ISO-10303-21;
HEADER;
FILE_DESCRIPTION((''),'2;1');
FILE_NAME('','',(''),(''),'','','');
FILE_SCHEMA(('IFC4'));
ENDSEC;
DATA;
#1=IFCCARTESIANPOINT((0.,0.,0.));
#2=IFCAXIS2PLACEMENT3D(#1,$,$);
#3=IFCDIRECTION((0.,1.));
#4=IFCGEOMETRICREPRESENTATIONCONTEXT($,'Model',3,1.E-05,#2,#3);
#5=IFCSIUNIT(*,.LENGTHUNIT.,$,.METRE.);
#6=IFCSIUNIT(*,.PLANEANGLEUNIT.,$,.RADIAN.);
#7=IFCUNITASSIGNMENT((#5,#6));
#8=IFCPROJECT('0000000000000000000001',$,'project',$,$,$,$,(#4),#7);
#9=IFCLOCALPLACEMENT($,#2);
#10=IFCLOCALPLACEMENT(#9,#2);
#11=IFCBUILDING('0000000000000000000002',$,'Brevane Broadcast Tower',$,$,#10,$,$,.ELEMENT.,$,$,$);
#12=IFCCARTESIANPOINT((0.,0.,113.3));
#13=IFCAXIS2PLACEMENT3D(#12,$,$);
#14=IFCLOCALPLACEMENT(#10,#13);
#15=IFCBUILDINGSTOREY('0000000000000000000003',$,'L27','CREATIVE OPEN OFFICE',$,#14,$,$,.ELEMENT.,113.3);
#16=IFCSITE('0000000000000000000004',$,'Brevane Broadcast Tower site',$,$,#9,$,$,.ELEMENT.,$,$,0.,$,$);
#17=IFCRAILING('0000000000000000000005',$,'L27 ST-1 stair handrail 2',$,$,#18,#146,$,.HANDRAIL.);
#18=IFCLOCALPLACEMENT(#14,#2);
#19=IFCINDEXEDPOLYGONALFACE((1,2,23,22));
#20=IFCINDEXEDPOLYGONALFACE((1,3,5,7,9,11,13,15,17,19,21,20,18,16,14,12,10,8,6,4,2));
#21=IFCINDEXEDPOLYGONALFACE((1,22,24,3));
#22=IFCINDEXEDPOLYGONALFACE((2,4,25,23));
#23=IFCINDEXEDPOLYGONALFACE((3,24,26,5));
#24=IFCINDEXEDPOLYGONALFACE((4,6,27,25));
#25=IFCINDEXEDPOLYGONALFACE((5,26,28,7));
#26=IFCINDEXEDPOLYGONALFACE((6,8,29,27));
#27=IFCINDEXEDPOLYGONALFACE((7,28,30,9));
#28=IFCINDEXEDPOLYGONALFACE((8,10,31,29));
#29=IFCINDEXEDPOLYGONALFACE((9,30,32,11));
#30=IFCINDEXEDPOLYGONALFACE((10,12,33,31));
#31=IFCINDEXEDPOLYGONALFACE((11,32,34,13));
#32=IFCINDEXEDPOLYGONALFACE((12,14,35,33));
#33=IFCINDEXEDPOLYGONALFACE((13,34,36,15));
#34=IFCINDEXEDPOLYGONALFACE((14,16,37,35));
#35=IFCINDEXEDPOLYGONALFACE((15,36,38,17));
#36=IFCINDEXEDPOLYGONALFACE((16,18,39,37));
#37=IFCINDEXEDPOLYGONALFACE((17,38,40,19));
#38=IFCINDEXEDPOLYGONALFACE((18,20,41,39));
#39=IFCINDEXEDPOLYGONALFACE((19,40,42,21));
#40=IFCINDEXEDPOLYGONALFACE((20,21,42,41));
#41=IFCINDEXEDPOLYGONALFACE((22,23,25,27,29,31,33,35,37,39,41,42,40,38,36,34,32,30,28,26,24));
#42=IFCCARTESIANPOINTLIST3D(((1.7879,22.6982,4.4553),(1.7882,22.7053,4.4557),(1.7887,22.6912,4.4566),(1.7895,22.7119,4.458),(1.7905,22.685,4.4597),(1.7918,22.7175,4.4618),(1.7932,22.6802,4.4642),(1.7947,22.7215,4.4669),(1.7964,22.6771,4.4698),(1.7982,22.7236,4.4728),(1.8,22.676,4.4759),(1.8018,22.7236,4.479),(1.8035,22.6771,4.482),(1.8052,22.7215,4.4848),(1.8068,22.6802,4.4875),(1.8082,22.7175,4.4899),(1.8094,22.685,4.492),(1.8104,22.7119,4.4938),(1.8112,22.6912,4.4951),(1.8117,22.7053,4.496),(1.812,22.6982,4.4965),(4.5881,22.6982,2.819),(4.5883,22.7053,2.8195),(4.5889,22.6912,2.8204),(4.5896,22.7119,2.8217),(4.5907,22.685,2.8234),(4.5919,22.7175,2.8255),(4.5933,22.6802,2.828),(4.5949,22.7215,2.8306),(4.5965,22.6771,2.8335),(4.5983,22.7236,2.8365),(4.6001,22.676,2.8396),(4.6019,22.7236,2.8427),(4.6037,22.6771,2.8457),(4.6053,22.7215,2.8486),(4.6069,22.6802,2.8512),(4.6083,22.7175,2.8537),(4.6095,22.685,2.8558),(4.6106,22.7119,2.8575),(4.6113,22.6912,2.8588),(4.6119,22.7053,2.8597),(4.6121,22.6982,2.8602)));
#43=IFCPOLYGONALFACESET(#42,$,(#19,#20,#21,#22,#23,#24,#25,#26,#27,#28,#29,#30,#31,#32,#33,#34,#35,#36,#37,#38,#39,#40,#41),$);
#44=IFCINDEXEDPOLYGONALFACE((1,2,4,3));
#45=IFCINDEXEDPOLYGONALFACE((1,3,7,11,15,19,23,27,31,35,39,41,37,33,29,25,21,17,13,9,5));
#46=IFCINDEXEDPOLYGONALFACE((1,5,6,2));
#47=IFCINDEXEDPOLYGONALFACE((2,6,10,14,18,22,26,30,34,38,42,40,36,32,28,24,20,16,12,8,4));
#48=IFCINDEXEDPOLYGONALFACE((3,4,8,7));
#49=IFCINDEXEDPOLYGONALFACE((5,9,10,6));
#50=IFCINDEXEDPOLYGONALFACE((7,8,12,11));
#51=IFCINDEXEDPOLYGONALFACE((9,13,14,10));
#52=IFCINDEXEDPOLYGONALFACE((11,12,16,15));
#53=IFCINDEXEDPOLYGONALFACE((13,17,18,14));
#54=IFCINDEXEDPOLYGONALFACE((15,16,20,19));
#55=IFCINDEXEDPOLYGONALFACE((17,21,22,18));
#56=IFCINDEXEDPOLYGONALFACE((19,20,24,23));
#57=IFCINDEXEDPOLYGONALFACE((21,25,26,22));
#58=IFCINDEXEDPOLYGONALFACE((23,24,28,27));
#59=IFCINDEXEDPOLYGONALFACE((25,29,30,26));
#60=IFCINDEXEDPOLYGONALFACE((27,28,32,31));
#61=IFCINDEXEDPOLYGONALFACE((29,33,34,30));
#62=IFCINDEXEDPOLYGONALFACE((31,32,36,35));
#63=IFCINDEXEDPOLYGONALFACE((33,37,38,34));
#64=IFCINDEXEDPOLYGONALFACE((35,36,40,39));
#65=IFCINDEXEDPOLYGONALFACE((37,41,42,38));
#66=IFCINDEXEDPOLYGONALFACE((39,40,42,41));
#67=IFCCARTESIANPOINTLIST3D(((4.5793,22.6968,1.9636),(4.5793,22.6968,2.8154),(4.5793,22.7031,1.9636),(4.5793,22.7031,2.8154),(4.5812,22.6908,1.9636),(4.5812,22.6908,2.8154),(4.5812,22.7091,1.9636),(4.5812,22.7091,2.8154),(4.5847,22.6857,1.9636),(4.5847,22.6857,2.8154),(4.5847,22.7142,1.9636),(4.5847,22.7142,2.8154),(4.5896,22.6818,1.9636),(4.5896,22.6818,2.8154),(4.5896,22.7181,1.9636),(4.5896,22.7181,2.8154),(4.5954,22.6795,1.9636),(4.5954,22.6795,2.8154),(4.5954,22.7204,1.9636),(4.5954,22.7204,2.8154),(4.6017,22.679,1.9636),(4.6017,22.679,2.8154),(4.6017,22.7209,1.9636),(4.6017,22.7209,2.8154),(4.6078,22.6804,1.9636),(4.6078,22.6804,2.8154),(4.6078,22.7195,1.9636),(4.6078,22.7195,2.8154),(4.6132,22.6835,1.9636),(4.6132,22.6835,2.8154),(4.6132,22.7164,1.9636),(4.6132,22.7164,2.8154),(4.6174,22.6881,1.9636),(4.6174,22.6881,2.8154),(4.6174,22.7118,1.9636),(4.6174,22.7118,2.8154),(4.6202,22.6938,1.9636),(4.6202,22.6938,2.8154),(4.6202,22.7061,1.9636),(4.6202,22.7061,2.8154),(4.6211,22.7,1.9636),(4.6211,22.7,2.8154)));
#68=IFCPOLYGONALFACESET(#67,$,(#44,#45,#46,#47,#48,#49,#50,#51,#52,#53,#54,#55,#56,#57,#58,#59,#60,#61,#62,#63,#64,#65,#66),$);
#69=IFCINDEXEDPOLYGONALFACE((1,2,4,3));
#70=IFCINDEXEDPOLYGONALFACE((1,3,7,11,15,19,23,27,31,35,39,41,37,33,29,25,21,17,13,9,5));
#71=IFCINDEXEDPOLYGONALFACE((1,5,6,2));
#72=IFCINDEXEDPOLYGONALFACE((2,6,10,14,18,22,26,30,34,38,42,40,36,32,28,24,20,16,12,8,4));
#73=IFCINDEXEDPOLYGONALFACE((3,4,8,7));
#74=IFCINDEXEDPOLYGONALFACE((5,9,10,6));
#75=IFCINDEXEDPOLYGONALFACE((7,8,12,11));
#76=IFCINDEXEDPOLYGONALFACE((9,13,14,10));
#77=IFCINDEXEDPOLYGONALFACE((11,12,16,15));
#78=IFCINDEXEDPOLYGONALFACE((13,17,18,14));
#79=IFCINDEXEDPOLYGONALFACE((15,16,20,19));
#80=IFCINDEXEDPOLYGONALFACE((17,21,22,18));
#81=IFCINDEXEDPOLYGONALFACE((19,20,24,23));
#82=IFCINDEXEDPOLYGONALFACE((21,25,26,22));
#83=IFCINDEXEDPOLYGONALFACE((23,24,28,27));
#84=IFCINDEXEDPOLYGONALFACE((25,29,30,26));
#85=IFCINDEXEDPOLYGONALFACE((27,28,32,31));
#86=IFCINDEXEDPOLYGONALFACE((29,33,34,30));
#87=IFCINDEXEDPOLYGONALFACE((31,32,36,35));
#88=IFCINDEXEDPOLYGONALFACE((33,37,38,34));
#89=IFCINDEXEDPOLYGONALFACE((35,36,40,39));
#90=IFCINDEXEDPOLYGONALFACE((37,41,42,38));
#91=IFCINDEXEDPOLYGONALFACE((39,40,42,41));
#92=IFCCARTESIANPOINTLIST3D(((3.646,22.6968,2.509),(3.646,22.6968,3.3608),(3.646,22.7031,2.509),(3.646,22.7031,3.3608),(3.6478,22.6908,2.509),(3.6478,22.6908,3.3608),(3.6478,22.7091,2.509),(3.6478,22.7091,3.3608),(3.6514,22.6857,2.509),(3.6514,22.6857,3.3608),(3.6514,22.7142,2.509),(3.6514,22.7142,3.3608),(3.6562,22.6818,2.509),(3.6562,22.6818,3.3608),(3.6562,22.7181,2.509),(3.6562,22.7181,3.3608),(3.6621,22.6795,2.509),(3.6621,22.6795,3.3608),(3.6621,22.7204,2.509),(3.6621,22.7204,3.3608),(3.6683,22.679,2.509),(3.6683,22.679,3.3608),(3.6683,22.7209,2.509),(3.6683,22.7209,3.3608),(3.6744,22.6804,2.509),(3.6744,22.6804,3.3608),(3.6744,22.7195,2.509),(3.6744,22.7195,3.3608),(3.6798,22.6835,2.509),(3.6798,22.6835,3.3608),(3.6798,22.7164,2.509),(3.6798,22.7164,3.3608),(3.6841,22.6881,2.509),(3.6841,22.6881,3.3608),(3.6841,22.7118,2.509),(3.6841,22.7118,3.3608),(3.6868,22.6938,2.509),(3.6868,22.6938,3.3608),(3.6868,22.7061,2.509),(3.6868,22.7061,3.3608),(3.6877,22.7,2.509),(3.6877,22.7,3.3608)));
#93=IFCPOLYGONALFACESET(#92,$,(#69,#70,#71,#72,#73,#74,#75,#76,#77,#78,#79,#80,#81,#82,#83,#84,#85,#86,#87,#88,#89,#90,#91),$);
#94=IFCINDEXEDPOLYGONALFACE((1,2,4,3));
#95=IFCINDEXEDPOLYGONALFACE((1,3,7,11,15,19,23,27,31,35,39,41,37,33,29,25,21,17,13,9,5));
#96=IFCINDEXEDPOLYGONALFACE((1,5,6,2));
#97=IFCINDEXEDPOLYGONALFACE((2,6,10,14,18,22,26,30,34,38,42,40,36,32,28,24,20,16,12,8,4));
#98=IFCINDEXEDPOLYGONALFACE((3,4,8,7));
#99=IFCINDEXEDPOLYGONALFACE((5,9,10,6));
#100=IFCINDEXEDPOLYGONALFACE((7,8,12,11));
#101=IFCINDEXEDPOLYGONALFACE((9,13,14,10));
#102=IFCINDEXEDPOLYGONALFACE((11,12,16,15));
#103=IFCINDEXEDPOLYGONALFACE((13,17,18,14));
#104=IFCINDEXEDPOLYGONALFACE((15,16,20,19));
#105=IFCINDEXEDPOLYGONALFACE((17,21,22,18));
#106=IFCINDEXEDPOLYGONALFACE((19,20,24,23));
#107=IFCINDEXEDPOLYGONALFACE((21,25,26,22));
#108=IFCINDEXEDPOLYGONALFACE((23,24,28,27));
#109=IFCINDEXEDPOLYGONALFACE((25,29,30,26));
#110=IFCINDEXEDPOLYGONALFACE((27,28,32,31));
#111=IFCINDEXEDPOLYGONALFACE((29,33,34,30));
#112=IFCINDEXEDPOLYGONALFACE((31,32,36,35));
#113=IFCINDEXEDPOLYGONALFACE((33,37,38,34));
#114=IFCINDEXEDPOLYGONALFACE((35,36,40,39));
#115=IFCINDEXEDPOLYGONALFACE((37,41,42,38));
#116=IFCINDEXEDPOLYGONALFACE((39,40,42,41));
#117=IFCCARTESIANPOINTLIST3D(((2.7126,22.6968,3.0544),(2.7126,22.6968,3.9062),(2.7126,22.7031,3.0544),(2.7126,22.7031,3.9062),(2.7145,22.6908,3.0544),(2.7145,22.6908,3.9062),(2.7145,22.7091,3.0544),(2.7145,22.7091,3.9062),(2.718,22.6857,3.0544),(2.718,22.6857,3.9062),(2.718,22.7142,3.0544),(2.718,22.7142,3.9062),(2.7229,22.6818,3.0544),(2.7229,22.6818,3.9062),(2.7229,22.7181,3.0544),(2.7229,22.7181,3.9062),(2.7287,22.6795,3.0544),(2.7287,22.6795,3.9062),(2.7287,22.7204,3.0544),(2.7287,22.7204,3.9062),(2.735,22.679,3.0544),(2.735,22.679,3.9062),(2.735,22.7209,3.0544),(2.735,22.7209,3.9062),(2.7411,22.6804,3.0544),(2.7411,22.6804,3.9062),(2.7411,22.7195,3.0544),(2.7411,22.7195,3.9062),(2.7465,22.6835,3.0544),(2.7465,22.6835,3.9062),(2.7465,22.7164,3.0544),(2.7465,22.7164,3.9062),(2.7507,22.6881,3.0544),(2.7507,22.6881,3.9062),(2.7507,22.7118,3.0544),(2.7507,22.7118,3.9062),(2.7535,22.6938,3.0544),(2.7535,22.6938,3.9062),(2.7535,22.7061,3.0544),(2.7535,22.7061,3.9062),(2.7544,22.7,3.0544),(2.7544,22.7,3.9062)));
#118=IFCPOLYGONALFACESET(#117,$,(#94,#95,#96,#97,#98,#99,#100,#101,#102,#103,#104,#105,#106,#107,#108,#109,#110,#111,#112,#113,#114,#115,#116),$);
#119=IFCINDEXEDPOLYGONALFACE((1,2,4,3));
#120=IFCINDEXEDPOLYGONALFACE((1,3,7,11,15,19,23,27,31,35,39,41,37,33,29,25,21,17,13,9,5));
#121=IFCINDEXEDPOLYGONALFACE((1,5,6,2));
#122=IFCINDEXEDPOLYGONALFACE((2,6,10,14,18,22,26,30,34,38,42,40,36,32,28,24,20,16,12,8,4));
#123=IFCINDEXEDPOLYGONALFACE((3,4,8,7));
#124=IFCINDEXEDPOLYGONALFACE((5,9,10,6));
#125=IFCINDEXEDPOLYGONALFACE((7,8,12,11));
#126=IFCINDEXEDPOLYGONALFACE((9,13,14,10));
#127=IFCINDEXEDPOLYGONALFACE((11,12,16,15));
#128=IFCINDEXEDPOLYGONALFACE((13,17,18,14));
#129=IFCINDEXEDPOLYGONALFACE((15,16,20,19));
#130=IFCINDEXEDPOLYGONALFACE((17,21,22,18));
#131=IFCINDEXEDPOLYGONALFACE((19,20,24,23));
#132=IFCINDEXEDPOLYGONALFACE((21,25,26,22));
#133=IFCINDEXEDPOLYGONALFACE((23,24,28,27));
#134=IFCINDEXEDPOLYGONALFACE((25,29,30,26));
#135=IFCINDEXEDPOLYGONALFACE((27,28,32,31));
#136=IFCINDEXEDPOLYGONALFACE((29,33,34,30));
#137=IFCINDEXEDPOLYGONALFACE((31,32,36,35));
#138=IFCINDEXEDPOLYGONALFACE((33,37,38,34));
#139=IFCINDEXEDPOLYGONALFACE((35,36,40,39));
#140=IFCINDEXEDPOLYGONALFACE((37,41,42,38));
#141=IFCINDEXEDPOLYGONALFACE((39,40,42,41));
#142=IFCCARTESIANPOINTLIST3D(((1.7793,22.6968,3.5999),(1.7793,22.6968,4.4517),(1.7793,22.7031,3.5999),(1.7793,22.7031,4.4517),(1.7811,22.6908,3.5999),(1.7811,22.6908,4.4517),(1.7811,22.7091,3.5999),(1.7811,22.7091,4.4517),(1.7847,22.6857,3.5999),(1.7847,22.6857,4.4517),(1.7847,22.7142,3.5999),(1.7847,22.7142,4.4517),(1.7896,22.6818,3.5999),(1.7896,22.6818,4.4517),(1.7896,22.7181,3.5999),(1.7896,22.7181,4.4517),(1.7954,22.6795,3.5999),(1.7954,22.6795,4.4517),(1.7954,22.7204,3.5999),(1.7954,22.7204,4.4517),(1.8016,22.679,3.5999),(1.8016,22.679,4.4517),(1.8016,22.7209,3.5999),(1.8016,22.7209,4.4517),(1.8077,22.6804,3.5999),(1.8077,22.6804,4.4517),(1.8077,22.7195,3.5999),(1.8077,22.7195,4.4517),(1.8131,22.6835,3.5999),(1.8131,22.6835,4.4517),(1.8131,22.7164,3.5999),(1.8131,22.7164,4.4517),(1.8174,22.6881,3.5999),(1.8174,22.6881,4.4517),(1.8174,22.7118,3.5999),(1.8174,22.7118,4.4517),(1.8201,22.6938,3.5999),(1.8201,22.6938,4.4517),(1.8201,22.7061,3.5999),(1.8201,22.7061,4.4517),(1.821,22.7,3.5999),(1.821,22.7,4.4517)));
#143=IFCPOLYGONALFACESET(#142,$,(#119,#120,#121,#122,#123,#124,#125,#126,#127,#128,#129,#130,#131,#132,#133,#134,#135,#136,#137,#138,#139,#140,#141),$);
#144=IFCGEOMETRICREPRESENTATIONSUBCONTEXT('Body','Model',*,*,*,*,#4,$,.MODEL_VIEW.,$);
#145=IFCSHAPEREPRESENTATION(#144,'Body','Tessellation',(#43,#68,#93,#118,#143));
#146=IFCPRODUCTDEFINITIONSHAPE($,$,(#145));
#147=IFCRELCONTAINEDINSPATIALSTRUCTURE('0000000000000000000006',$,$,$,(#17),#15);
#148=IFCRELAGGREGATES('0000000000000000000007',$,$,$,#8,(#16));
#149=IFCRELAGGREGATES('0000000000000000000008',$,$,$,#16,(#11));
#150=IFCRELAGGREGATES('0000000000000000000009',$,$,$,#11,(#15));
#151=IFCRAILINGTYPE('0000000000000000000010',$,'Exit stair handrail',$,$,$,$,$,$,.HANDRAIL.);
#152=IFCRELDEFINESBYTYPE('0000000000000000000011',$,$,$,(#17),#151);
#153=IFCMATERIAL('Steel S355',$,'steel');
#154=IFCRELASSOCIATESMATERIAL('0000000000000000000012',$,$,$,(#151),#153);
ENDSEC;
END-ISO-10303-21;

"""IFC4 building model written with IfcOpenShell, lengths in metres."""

from ifc_helpers import new_model, si_unit, direction, frame, origin, origin_2d, place, context, subcontext, project, spatial, circle, extrude, material, type_object, element, save


model = new_model("IFC4")

# Units and contexts
model_context = context("Model", 3, precision=1e-05, world=origin(), true_north=direction((0.0, 1.0)))
body_context = subcontext(model_context, "Body", "Model", "MODEL_VIEW")
ifc_project = project(units=[si_unit("LENGTHUNIT", "METRE"), si_unit("PLANEANGLEUNIT", "RADIAN")], contexts=[model_context])

# Site, building, storey
site_placement = place(None, origin())
site = spatial("IfcSite", under=ifc_project, at=site_placement, Name="Brevane Broadcast Tower site", CompositionType="ELEMENT", RefElevation=0.0)
building_placement = place(site_placement, origin())
building = spatial("IfcBuilding", under=site, at=building_placement, Name="Brevane Broadcast Tower", CompositionType="ELEMENT")
storey_placement = place(building_placement, frame((0.0, 0.0, 113.3)))
storey = spatial("IfcBuildingStorey", under=building, at=storey_placement, Name="L27", Description="CREATIVE OPEN OFFICE", CompositionType="ELEMENT", Elevation=113.3)

# Railing
ifc_material_1 = material(Name="Steel S355", Category="steel")
railing_type_1 = type_object("IfcRailingType", Name="Exit stair handrail", PredefinedType="HANDRAIL", material=ifc_material_1)
railing_1_placement = place(storey_placement, frame((4.6001, 22.7, 1.9636)))
element("IfcRailing", 1, at=railing_1_placement, inside=storey, type_object=railing_type_1, Name="L27 ST-1 stair handrail 2", PredefinedType="HANDRAIL", context=body_context, shape_type="SweptSolid", body=[
    extrude(circle(Radius=0.0239, at=origin_2d()), frame((0.0, 0.0, 0.876), z_axis=(-0.863394, 0.0, 0.504531), x_axis=(0.0, -1.0, 0.0)), (0.0, 0.0, 1.0), 3.2432),
    extrude(circle(Radius=0.021, at=origin_2d()), origin(), (0.0, 0.0, 1.0), 0.8518),
    extrude(circle(Radius=0.021, at=origin_2d()), frame((-0.9333, 0.0, 0.5454)), (0.0, 0.0, 1.0), 0.8518),
    extrude(circle(Radius=0.021, at=origin_2d()), frame((-1.8667, 0.0, 1.0908)), (0.0, 0.0, 1.0), 0.8518),
    extrude(circle(Radius=0.021, at=origin_2d()), frame((-2.8, 0.0, 1.6362)), (0.0, 0.0, 1.0), 0.8518),
])

save(model, "model.ifc")
